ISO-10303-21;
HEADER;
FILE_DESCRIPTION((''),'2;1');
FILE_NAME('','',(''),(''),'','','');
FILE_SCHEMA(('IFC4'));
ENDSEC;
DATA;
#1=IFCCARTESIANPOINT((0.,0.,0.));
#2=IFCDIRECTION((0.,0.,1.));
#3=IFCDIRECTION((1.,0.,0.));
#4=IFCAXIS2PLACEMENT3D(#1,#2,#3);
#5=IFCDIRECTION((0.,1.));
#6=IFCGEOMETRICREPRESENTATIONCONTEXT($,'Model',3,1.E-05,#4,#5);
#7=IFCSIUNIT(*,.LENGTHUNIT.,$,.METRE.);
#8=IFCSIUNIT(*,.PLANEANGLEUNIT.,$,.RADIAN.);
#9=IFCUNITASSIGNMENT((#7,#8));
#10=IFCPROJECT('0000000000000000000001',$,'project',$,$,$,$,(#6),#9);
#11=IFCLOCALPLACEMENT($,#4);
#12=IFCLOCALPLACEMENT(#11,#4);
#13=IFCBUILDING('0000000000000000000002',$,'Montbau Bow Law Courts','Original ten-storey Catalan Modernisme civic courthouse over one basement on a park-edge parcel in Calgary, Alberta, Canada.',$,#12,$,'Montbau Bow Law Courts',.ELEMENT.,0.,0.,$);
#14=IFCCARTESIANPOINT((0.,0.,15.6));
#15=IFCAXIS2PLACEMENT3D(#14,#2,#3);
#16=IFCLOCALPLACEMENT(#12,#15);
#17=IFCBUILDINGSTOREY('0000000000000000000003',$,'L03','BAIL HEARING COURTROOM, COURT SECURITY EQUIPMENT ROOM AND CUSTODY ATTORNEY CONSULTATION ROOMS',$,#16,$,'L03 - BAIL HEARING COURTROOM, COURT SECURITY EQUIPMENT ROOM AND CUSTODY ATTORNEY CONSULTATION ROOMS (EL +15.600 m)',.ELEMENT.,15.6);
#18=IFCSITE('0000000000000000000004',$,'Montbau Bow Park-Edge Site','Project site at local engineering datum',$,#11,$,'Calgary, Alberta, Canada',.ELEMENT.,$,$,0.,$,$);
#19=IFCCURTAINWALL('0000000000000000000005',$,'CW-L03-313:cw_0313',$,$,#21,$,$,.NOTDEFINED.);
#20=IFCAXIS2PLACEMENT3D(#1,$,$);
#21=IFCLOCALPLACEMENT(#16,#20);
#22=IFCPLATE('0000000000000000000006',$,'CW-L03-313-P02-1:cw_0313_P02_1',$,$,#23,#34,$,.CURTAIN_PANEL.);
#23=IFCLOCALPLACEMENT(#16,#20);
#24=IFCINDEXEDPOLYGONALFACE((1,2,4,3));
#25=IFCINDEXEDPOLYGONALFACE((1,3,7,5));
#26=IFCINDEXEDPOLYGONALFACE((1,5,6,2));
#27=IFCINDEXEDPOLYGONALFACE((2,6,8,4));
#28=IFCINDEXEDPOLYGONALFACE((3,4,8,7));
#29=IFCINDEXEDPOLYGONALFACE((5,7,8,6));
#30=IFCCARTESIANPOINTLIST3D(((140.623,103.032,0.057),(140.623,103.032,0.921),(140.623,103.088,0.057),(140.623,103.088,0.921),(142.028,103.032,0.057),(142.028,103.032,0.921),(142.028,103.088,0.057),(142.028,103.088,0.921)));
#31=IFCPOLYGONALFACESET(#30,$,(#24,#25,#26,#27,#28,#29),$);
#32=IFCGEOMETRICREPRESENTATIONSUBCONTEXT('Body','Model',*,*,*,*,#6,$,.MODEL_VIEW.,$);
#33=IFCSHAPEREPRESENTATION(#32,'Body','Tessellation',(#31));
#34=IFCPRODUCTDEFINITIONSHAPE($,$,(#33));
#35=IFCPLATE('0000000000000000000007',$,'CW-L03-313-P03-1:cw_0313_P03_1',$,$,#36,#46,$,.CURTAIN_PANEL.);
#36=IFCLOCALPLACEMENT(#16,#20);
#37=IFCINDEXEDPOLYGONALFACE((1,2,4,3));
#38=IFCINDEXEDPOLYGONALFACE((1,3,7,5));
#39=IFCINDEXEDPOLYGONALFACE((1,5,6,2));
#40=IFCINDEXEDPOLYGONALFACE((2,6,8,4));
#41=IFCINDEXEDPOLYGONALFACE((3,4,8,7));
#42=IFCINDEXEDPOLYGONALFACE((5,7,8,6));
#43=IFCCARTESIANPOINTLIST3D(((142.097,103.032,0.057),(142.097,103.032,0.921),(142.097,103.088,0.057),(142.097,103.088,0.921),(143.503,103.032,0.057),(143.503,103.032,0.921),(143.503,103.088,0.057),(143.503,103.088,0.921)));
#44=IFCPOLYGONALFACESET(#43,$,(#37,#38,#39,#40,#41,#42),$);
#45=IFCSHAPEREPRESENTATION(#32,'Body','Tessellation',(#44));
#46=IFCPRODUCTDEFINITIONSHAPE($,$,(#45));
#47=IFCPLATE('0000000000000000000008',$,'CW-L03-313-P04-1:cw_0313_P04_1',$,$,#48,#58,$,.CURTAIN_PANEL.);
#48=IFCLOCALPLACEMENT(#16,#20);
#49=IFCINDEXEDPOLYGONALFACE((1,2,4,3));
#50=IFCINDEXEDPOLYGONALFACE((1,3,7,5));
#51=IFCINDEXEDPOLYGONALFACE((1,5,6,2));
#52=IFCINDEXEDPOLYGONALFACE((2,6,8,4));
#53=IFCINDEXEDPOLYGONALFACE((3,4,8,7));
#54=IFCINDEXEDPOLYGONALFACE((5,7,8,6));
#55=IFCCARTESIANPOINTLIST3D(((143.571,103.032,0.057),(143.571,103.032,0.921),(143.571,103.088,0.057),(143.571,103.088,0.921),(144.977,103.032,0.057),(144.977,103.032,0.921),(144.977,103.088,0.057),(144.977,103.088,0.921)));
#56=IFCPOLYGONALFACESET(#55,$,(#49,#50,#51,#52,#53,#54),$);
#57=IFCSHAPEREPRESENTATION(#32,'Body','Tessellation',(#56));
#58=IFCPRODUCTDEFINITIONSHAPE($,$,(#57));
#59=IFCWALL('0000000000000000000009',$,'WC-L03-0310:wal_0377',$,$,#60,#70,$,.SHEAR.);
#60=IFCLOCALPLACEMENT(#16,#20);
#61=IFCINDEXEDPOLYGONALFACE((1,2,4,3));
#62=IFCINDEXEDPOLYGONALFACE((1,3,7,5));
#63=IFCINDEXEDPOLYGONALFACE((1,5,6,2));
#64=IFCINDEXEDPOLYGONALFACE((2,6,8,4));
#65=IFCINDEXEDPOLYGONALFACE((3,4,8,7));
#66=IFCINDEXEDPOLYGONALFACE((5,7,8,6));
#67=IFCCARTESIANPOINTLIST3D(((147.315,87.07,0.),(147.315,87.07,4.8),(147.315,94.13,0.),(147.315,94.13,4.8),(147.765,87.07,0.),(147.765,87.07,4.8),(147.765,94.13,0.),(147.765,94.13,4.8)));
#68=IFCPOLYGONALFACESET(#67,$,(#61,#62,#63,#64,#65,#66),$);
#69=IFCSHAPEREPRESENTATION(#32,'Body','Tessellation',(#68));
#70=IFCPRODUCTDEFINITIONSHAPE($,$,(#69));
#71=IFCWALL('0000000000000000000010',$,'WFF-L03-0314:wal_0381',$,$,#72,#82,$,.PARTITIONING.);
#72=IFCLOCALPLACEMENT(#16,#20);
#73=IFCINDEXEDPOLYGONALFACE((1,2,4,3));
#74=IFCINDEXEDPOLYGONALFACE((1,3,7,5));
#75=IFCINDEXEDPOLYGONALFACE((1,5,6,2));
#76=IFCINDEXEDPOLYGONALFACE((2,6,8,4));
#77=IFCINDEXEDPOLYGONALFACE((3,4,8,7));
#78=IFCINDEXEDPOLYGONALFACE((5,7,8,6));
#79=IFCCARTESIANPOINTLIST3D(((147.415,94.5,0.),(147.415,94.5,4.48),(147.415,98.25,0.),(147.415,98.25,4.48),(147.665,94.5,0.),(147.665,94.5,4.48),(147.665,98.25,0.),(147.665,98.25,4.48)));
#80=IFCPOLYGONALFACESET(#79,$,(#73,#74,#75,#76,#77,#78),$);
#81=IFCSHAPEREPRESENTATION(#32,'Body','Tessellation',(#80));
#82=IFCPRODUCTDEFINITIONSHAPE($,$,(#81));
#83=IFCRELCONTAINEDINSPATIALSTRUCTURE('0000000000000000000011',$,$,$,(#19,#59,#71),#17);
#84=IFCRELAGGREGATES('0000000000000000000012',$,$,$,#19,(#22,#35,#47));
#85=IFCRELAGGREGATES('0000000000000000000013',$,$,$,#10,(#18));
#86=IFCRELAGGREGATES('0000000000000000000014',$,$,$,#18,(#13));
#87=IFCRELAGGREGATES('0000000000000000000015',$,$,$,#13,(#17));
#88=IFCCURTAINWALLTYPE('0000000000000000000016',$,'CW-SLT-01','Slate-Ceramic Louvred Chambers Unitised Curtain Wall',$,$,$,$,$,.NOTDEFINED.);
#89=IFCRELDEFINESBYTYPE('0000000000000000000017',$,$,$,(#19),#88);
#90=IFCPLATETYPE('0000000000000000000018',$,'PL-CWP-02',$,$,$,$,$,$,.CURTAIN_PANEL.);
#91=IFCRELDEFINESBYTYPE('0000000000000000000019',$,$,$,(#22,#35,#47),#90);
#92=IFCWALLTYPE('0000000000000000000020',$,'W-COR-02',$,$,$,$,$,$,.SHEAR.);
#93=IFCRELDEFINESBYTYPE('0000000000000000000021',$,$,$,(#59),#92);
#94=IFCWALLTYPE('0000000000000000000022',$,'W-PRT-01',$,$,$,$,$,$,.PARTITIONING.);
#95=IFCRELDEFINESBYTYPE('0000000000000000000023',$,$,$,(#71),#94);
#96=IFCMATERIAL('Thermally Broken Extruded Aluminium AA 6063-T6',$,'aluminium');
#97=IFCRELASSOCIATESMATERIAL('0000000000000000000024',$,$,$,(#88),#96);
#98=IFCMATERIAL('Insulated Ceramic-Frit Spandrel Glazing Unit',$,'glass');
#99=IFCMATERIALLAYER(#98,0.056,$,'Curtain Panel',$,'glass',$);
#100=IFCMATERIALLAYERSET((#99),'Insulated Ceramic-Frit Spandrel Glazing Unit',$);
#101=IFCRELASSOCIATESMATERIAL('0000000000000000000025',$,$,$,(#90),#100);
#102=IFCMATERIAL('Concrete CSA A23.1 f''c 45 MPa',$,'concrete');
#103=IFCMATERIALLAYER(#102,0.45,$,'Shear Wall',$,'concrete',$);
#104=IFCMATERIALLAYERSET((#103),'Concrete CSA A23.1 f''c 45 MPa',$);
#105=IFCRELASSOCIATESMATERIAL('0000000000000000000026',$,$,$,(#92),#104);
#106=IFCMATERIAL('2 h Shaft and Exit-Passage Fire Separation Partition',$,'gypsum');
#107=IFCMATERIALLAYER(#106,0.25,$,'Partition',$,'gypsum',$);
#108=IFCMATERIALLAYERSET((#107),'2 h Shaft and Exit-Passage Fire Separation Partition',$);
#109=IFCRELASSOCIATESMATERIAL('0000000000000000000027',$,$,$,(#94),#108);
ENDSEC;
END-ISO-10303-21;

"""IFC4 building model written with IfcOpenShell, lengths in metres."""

from ifc_helpers import new_model, si_unit, direction, frame, frame_2d, origin_with_axes, place, context, subcontext, project, spatial, rectangle, extrude, material, layer, layer_set, type_object, element, aggregate, save


model = new_model("IFC4")

# Units and contexts
model_context = context("Model", 3, precision=1e-05, world=origin_with_axes(), true_north=direction((0.0, 1.0)))
body_context = subcontext(model_context, "Body", "Model", "MODEL_VIEW")
ifc_project = project(units=[si_unit("LENGTHUNIT", "METRE"), si_unit("PLANEANGLEUNIT", "RADIAN")], contexts=[model_context])

# Site, building, storey
site_placement = place(None, origin_with_axes())
site = spatial("IfcSite", under=ifc_project, at=site_placement, Name="Montbau Bow Park-Edge Site", Description="Project site at local engineering datum", LongName="Calgary, Alberta, Canada", CompositionType="ELEMENT", RefElevation=0.0)
building_placement = place(site_placement, origin_with_axes())
building = spatial("IfcBuilding", under=site, at=building_placement, Name="Montbau Bow Law Courts", Description="Original ten-storey Catalan Modernisme civic courthouse over one basement on a park-edge parcel in Calgary, Alberta, Canada.", LongName="Montbau Bow Law Courts", CompositionType="ELEMENT", ElevationOfRefHeight=0.0, ElevationOfTerrain=0.0)
storey_placement = place(building_placement, frame((0.0, 0.0, 15.6), z_axis=(0.0, 0.0, 1.0), x_axis=(1.0, 0.0, 0.0)))
storey = spatial("IfcBuildingStorey", under=building, at=storey_placement, Name="L03", Description="BAIL HEARING COURTROOM, COURT SECURITY EQUIPMENT ROOM AND CUSTODY ATTORNEY CONSULTATION ROOMS", LongName="L03 - BAIL HEARING COURTROOM, COURT SECURITY EQUIPMENT ROOM AND CUSTODY ATTORNEY CONSULTATION ROOMS (EL +15.600 m)", CompositionType="ELEMENT", Elevation=15.6)

# Curtain wall, plates
ifc_material_1 = material(Name="Thermally Broken Extruded Aluminium AA 6063-T6", Category="aluminium")
curtain_wall_type = type_object("IfcCurtainWallType", Name="CW-SLT-01", Description="Slate-Ceramic Louvred Chambers Unitised Curtain Wall", PredefinedType="NOTDEFINED", material=ifc_material_1)
curtain_wall_placement = place(None, frame((139.115, 103.06, 15.6), z_axis=(0.0, 0.0, 1.0), x_axis=(1.0, 0.0, 0.0)))
curtain_wall = element("IfcCurtainWall", 1, at=curtain_wall_placement, inside=storey, type_object=curtain_wall_type, Name="CW-L03-313:cw_0313", PredefinedType="NOTDEFINED")
ifc_material_2 = material(Name="Insulated Ceramic-Frit Spandrel Glazing Unit", Category="glass")
ifc_layer_1 = layer(ifc_material_2, 0.056, Name="Curtain Panel", Category="glass")
ifc_layer_set_1 = layer_set([ifc_layer_1], Name="Insulated Ceramic-Frit Spandrel Glazing Unit")
plate_type_1 = type_object("IfcPlateType", Name="PL-CWP-02", PredefinedType="CURTAIN_PANEL", material=ifc_layer_set_1)
plate_1_placement = place(None, frame((140.623, 103.06, 15.657), z_axis=(0.0, -1.0, 0.0), x_axis=(1.0, 0.0, 0.0)))
plate_1 = element("IfcPlate", 2, at=plate_1_placement, type_object=plate_type_1, Name="CW-L03-313-P02-1:cw_0313_P02_1", PredefinedType="CURTAIN_PANEL", context=body_context, shape_type="SweptSolid", body=[
    extrude(rectangle(XDim=1.405, YDim=0.864, at=frame_2d((0.7025, 0.432), x_axis=(1.0, 0.0))), frame((0.0, 0.0, -0.028), z_axis=(0.0, 0.0, 1.0), x_axis=(1.0, 0.0, 0.0)), (0.0, 0.0, 1.0), 0.056),
])
plate_2_placement = place(None, frame((142.097, 103.06, 15.657), z_axis=(0.0, -1.0, 0.0), x_axis=(1.0, 0.0, 0.0)))
plate_2 = element("IfcPlate", 3, at=plate_2_placement, type_object=plate_type_1, Name="CW-L03-313-P03-1:cw_0313_P03_1", PredefinedType="CURTAIN_PANEL", context=body_context, shape_type="SweptSolid", body=[
    extrude(rectangle(XDim=1.406, YDim=0.864, at=frame_2d((0.703, 0.432), x_axis=(1.0, 0.0))), frame((0.0, 0.0, -0.028), z_axis=(0.0, 0.0, 1.0), x_axis=(1.0, 0.0, 0.0)), (0.0, 0.0, 1.0), 0.056),
])
plate_3_placement = place(None, frame((143.571, 103.06, 15.657), z_axis=(0.0, -1.0, 0.0), x_axis=(1.0, 0.0, 0.0)))
plate_3 = element("IfcPlate", 4, at=plate_3_placement, type_object=plate_type_1, Name="CW-L03-313-P04-1:cw_0313_P04_1", PredefinedType="CURTAIN_PANEL", context=body_context, shape_type="SweptSolid", body=[
    extrude(rectangle(XDim=1.406, YDim=0.864, at=frame_2d((0.703, 0.432), x_axis=(1.0, 0.0))), frame((0.0, 0.0, -0.028), z_axis=(0.0, 0.0, 1.0), x_axis=(1.0, 0.0, 0.0)), (0.0, 0.0, 1.0), 0.056),
])
aggregate(curtain_wall, [plate_1, plate_2, plate_3])

# Walls
ifc_material_3 = material(Name="Concrete CSA A23.1 f'c 45 MPa", Category="concrete")
ifc_layer_2 = layer(ifc_material_3, 0.45, Name="Shear Wall", Category="concrete")
ifc_layer_set_2 = layer_set([ifc_layer_2], Name="Concrete CSA A23.1 f'c 45 MPa")
wall_type_1 = type_object("IfcWallType", Name="W-COR-02", PredefinedType="SHEAR", material=ifc_layer_set_2)
wall_1_placement = place(None, frame((147.54, 94.13, 15.6), z_axis=(0.0, 0.0, 1.0), x_axis=(0.0, -1.0, 0.0)))
element("IfcWall", 5, at=wall_1_placement, inside=storey, type_object=wall_type_1, Name="WC-L03-0310:wal_0377", PredefinedType="SHEAR", context=body_context, shape_type="SweptSolid", body=[
    extrude(rectangle(XDim=7.06, YDim=0.45, at=frame_2d((3.53, 0.0), x_axis=(1.0, 0.0))), origin_with_axes(), (0.0, 0.0, 1.0), 4.8),
])
ifc_material_4 = material(Name="2 h Shaft and Exit-Passage Fire Separation Partition", Category="gypsum")
ifc_layer_3 = layer(ifc_material_4, 0.25, Name="Partition", Category="gypsum")
ifc_layer_set_3 = layer_set([ifc_layer_3], Name="2 h Shaft and Exit-Passage Fire Separation Partition")
wall_type_2 = type_object("IfcWallType", Name="W-PRT-01", PredefinedType="PARTITIONING", material=ifc_layer_set_3)
wall_2_placement = place(None, frame((147.54, 94.5, 15.6), z_axis=(0.0, 0.0, 1.0), x_axis=(0.0, 1.0, 0.0)))
element("IfcWall", 6, at=wall_2_placement, inside=storey, type_object=wall_type_2, Name="WFF-L03-0314:wal_0381", PredefinedType="PARTITIONING", context=body_context, shape_type="SweptSolid", body=[
    extrude(rectangle(XDim=3.75, YDim=0.25, at=frame_2d((1.875, 0.0), x_axis=(1.0, 0.0))), origin_with_axes(), (0.0, 0.0, 1.0), 4.48),
])

save(model, "model.ifc")
